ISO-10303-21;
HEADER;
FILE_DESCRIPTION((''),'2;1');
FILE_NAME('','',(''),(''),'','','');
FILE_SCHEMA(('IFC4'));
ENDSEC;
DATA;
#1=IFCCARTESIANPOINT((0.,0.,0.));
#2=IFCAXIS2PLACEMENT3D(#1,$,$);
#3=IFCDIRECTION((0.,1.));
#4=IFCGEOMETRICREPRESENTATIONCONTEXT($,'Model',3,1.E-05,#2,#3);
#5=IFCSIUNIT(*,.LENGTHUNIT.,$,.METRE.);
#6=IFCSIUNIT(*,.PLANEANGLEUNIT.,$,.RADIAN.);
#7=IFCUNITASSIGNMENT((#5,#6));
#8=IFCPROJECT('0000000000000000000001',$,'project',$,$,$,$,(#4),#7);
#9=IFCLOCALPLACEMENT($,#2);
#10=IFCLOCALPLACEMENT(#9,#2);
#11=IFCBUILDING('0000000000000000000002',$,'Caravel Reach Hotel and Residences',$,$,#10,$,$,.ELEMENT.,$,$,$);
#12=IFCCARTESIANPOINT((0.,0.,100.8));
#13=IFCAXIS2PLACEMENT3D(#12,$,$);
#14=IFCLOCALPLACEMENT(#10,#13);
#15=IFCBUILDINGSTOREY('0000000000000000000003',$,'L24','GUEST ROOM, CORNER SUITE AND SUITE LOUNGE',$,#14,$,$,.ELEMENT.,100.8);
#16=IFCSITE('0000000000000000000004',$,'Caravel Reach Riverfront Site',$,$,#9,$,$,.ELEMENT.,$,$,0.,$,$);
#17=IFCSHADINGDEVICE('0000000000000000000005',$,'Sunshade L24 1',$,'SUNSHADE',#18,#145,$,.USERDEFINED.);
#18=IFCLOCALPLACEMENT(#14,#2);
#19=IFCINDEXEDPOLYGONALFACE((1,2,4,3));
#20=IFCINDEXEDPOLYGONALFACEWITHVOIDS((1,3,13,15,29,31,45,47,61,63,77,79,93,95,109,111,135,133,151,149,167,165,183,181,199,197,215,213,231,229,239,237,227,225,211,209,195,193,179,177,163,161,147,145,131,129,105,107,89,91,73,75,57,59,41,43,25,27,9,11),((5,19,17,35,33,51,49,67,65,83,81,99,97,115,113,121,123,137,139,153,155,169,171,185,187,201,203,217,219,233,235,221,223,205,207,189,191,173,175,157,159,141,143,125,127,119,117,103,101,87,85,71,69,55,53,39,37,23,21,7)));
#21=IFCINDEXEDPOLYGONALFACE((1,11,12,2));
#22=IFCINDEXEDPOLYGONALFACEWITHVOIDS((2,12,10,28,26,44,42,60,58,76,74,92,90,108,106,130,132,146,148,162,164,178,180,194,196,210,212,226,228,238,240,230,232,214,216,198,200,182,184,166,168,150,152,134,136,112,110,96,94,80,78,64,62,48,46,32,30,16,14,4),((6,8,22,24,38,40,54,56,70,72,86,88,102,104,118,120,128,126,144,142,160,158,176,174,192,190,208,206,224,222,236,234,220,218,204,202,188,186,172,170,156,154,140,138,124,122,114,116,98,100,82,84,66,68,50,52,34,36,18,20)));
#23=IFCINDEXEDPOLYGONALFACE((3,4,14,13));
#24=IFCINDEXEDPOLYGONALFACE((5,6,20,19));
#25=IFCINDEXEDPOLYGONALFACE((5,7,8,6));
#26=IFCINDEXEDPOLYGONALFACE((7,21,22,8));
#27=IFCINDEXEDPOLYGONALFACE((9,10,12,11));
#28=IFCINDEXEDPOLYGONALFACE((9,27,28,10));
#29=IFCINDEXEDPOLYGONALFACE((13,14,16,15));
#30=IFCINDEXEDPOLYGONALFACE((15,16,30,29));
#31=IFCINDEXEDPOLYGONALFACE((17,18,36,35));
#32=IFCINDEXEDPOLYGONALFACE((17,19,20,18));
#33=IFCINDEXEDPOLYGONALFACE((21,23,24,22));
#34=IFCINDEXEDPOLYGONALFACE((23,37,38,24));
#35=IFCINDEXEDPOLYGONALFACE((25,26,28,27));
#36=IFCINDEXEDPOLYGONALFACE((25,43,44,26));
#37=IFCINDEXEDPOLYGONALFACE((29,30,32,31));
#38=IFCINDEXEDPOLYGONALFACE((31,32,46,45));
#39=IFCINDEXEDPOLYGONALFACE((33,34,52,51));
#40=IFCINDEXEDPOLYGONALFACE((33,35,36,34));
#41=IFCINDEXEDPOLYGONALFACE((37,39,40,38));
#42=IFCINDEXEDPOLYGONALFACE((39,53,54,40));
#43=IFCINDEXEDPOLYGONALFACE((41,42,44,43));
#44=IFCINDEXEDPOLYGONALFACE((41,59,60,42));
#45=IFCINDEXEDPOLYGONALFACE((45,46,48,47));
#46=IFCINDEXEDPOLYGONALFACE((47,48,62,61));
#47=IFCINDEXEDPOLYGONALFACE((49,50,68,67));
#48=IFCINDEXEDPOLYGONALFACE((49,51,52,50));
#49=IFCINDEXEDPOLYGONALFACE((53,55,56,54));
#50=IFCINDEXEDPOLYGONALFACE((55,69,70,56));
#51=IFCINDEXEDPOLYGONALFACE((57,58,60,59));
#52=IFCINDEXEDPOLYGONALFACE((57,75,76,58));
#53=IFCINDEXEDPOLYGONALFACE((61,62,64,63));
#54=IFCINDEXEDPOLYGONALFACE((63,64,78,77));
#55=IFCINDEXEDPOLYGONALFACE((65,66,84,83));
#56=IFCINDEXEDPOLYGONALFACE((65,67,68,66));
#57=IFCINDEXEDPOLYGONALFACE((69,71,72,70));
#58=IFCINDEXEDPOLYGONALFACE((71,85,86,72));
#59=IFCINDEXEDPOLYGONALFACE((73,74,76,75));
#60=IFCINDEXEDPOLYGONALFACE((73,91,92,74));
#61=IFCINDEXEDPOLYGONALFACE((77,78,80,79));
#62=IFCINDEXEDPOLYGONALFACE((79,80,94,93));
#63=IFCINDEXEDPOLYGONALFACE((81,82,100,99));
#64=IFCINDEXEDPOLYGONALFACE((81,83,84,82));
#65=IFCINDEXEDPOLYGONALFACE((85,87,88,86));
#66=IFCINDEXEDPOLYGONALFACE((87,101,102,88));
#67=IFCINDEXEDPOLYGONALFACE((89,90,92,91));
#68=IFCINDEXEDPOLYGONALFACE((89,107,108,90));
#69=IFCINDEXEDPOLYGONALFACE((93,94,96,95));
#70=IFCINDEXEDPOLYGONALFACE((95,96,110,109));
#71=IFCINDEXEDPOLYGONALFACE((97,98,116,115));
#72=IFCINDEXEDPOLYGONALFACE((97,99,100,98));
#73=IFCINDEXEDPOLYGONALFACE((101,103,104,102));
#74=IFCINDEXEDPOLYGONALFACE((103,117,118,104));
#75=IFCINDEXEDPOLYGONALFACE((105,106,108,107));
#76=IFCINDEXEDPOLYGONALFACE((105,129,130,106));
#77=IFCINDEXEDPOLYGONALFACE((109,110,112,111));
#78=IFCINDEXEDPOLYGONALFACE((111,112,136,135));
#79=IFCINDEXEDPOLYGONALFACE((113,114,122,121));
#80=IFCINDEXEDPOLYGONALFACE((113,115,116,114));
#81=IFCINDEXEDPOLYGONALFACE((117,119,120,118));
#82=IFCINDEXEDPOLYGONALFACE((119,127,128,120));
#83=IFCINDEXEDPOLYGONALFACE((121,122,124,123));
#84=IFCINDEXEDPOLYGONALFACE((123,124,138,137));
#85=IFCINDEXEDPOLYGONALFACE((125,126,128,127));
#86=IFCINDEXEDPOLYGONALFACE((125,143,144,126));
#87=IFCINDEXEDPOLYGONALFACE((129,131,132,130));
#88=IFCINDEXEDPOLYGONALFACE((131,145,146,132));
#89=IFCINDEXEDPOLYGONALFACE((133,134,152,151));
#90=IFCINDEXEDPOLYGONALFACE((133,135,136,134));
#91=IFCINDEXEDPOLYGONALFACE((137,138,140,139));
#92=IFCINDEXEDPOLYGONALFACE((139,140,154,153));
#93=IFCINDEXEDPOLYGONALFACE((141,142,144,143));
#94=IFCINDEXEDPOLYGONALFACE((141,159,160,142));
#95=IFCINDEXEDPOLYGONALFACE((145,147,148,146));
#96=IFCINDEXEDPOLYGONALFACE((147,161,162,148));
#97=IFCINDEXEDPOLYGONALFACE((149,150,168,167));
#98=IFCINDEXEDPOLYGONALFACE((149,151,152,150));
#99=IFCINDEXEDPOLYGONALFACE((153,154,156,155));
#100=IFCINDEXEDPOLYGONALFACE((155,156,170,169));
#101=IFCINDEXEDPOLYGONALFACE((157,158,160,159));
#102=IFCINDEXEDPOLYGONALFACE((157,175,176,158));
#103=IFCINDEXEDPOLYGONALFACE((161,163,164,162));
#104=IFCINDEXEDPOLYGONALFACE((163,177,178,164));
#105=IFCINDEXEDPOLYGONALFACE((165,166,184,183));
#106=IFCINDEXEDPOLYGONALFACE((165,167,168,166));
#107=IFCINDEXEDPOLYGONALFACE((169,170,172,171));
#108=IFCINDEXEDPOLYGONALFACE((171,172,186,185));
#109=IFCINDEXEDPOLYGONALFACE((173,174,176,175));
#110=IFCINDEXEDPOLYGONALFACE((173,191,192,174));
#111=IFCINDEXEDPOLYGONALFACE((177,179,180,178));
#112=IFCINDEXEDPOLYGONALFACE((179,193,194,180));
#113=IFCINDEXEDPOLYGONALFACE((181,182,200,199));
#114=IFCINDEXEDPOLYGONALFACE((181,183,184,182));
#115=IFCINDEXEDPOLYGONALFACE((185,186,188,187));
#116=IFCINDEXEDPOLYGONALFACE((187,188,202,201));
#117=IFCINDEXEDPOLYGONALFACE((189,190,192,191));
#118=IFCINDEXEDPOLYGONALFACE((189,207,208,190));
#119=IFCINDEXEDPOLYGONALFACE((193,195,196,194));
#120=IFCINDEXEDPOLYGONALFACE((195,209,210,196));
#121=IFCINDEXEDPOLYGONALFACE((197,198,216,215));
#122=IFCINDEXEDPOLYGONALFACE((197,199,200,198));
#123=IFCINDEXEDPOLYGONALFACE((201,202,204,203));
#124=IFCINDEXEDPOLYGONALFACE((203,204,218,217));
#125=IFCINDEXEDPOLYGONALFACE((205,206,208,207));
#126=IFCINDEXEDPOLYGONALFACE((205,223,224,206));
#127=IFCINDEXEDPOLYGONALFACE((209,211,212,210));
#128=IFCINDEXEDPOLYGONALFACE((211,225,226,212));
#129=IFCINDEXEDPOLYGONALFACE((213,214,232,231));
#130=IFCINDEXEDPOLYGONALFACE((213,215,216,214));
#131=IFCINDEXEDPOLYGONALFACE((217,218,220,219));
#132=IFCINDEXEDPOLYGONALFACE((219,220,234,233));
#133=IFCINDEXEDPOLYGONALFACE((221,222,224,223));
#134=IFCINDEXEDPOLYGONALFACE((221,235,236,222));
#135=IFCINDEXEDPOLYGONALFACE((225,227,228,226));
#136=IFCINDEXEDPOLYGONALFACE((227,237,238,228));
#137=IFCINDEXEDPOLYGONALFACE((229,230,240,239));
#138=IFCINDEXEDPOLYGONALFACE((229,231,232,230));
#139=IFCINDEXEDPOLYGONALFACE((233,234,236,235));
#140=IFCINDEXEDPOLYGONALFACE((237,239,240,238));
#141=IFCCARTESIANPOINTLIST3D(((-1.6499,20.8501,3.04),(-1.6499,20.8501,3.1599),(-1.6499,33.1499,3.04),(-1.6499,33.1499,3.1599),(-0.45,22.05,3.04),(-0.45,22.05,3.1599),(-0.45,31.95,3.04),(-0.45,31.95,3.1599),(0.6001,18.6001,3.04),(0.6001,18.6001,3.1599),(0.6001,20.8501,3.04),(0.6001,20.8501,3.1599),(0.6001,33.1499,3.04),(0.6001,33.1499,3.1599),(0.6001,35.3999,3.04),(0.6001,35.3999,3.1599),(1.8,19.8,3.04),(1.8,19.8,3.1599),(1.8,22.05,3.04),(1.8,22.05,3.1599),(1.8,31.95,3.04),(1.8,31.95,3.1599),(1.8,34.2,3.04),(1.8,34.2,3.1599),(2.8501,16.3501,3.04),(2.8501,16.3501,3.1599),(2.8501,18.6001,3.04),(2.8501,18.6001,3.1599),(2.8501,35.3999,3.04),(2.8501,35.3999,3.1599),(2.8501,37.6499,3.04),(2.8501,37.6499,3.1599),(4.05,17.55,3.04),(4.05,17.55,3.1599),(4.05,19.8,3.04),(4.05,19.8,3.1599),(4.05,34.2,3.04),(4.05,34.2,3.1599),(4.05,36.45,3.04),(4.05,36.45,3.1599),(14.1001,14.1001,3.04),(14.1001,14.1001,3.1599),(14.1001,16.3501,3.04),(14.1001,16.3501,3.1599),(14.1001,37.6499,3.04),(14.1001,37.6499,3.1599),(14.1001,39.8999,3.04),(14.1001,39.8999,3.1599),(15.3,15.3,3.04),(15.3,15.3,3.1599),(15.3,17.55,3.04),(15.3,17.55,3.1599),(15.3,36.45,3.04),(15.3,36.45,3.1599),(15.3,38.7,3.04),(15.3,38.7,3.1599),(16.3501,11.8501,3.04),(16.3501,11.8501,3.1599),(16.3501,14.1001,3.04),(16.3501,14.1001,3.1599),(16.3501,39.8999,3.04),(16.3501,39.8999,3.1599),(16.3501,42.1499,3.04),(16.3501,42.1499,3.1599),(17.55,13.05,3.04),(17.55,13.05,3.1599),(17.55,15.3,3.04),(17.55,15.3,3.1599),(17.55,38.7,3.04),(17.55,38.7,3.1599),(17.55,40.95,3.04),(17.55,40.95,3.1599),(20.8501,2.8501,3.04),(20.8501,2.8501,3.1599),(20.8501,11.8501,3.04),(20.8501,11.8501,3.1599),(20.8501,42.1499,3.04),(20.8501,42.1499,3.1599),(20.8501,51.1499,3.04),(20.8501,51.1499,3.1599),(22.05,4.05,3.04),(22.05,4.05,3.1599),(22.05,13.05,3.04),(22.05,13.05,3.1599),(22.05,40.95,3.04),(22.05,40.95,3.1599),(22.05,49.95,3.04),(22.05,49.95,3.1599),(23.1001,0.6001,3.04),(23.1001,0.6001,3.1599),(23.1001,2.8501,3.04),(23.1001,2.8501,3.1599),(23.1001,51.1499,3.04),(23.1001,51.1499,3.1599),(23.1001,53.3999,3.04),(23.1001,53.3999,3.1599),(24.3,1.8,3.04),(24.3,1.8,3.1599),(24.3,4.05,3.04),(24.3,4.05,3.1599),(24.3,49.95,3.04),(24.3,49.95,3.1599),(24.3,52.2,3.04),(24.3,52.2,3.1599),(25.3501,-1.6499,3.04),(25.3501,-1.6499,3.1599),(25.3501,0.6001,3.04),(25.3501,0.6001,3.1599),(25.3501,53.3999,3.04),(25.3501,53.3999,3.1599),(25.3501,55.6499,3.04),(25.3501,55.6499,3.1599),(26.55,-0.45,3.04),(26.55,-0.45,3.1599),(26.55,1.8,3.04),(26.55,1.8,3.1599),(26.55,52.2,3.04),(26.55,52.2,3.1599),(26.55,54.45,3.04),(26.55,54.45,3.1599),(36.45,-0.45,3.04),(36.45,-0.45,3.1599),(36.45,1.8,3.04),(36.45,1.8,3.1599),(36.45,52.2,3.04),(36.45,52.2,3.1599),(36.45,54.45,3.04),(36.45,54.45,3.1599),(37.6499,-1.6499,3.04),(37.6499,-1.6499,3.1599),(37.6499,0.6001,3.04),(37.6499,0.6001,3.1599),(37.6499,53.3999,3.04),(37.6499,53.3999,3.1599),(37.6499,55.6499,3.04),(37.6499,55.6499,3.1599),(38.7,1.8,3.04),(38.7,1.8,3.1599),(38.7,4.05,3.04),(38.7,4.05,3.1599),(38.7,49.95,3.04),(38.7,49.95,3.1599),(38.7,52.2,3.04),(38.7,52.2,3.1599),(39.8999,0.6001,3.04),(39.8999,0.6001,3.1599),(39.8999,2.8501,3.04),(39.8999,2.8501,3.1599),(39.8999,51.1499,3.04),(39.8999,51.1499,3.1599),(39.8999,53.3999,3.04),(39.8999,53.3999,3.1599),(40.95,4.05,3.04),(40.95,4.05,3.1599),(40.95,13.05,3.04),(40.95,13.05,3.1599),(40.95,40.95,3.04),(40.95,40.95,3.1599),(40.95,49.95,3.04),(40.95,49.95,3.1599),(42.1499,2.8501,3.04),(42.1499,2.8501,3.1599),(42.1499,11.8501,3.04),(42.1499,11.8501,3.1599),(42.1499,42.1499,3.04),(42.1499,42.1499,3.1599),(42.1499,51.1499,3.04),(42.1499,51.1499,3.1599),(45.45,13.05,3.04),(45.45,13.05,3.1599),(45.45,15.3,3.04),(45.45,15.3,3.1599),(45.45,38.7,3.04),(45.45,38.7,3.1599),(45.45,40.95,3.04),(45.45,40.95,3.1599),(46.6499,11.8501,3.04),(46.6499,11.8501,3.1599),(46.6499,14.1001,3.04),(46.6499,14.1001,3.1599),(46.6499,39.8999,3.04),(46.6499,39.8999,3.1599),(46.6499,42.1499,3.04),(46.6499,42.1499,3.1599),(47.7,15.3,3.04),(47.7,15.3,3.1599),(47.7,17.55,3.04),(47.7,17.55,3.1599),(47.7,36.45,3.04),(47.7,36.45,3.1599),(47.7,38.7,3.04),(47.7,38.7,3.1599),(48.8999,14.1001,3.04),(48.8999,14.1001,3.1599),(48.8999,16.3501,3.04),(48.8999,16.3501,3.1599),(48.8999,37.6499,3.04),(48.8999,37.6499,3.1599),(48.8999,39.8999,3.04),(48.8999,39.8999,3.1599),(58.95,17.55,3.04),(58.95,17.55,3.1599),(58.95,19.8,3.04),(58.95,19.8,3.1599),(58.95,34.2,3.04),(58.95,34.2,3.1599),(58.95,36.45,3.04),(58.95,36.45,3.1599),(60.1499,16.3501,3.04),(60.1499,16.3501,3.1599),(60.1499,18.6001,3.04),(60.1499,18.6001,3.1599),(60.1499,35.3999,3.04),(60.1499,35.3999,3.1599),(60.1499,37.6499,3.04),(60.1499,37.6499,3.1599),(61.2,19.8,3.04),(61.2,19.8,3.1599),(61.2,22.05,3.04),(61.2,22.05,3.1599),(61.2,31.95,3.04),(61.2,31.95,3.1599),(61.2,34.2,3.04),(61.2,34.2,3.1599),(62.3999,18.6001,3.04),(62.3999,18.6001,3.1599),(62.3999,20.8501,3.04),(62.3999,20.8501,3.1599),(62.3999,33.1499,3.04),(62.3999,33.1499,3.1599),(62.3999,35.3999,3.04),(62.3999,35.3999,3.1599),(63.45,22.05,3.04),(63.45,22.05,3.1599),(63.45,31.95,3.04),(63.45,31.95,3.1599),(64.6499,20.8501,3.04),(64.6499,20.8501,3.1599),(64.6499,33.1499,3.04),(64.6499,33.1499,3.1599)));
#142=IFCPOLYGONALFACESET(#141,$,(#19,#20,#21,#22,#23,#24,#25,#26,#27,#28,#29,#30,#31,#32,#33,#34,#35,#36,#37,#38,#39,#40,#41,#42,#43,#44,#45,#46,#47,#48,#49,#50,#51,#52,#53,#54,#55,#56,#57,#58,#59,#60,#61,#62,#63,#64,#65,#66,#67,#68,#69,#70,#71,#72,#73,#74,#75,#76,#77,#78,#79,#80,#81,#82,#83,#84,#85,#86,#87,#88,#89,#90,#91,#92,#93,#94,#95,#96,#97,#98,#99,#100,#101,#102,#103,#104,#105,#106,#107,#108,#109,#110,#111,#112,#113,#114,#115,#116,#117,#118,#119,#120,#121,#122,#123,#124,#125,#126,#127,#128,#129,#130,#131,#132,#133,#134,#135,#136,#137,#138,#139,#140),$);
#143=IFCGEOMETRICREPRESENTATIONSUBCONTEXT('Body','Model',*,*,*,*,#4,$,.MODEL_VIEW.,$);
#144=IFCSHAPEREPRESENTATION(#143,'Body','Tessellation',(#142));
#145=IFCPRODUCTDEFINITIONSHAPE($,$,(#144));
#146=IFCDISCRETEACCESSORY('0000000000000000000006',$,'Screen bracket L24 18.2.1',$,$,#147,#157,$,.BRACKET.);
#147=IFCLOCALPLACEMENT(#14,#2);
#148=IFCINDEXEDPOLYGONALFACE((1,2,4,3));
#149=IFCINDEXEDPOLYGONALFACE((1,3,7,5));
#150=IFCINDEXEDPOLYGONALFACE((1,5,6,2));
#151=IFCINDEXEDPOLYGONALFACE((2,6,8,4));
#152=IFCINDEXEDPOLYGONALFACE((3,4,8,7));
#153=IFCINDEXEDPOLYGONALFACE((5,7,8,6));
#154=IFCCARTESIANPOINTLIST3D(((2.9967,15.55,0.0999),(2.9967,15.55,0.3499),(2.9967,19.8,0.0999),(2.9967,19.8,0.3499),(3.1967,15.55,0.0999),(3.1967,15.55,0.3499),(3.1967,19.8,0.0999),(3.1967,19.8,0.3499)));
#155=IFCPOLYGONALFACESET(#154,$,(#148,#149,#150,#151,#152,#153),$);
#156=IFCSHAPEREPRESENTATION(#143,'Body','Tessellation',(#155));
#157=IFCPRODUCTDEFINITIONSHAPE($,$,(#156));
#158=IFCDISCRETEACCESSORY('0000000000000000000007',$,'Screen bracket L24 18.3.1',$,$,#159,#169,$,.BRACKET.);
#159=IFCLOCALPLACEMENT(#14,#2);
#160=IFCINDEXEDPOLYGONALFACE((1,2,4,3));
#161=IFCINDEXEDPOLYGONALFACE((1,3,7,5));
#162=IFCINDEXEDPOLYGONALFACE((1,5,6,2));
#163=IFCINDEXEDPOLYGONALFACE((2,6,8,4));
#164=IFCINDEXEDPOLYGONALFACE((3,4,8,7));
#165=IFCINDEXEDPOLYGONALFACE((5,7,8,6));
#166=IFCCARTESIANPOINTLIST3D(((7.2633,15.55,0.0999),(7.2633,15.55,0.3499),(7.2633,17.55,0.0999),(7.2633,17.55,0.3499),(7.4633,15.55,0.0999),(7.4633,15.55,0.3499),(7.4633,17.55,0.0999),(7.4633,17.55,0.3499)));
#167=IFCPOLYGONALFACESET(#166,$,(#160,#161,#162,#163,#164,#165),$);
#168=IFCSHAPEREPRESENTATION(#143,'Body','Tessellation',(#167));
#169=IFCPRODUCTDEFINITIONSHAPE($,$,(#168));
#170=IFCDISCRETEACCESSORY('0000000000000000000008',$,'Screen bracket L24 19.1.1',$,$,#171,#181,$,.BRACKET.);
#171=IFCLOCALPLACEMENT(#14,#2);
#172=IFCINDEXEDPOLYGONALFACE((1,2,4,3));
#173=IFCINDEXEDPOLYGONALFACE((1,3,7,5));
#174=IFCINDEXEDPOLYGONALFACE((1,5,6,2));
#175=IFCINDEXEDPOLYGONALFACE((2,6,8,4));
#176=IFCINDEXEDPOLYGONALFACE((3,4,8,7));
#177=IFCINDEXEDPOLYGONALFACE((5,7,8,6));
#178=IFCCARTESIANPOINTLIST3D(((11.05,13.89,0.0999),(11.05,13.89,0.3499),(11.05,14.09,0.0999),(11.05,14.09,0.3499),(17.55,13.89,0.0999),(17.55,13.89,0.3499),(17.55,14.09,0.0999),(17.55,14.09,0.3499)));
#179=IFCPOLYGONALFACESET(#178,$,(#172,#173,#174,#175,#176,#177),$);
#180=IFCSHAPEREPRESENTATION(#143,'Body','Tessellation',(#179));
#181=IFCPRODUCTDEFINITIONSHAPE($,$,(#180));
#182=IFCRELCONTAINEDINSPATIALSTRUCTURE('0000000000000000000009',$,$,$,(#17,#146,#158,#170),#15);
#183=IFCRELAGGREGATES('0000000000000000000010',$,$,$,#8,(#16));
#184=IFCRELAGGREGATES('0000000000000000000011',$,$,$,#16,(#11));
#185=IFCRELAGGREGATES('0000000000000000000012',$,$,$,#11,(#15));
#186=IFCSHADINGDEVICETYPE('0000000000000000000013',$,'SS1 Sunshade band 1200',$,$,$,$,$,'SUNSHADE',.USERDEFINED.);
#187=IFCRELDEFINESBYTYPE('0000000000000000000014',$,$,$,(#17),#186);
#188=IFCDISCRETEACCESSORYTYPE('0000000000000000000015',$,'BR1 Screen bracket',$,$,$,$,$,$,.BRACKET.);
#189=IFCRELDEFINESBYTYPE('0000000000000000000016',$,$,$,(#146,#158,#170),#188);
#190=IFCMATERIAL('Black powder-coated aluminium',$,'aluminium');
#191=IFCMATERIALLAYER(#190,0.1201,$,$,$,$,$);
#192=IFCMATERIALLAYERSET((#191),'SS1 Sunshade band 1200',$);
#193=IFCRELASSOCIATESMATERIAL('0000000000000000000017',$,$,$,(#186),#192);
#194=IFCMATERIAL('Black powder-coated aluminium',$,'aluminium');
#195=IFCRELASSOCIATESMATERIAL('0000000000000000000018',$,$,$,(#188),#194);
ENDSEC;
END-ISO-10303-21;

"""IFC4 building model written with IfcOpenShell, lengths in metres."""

from ifc_helpers import new_model, si_unit, direction, frame, origin, origin_2d, place, context, subcontext, project, spatial, polyline, rectangle, outline, extrude, material, layer, layer_set, type_object, element, save


model = new_model("IFC4")

# Units and contexts
model_context = context("Model", 3, precision=1e-05, world=origin(), true_north=direction((0.0, 1.0)))
body_context = subcontext(model_context, "Body", "Model", "MODEL_VIEW")
ifc_project = project(units=[si_unit("LENGTHUNIT", "METRE"), si_unit("PLANEANGLEUNIT", "RADIAN")], contexts=[model_context])

# Site, building, storey
site_placement = place(None, origin())
site = spatial("IfcSite", under=ifc_project, at=site_placement, Name="Caravel Reach Riverfront Site", CompositionType="ELEMENT", RefElevation=0.0)
building_placement = place(site_placement, origin())
building = spatial("IfcBuilding", under=site, at=building_placement, Name="Caravel Reach Hotel and Residences", CompositionType="ELEMENT")
storey_placement = place(building_placement, frame((0.0, 0.0, 100.8)))
storey = spatial("IfcBuildingStorey", under=building, at=storey_placement, Name="L24", Description="GUEST ROOM, CORNER SUITE AND SUITE LOUNGE", CompositionType="ELEMENT", Elevation=100.8)

# Shading device
ifc_material_1 = material(Name="Black powder-coated aluminium", Category="aluminium")
ifc_layer_1 = layer(ifc_material_1, 0.1201)
ifc_layer_set_1 = layer_set([ifc_layer_1], Name="SS1 Sunshade band 1200")
shading_device_type_1 = type_object("IfcShadingDeviceType", Name="SS1 Sunshade band 1200", ElementType="SUNSHADE", PredefinedType="USERDEFINED", material=ifc_layer_set_1)
shading_device_1_placement = place(storey_placement, frame((0.0, 0.0, 3.04)))
element("IfcShadingDevice", 1, at=shading_device_1_placement, inside=storey, type_object=shading_device_type_1, Name="Sunshade L24 1", ObjectType="SUNSHADE", PredefinedType="USERDEFINED", context=body_context, shape_type="SweptSolid", body=[
    extrude(outline(polyline([(20.8501, 11.8501), (20.8501, 2.8501), (23.1001, 2.8501), (23.1001, 0.6001), (25.3501, 0.6001), (25.3501, -1.6499), (37.6499, -1.6499), (37.6499, 0.6001), (39.8999, 0.6001), (39.8999, 2.8501), (42.1499, 2.8501), (42.1499, 11.8501), (46.6499, 11.8501), (46.6499, 14.1001), (48.8999, 14.1001), (48.8999, 16.3501), (60.1499, 16.3501), (60.1499, 18.6001), (62.3999, 18.6001), (62.3999, 20.8501), (64.6499, 20.8501), (64.6499, 33.1499), (62.3999, 33.1499), (62.3999, 35.3999), (60.1499, 35.3999), (60.1499, 37.6499), (48.8999, 37.6499), (48.8999, 39.8999), (46.6499, 39.8999), (46.6499, 42.1499), (42.1499, 42.1499), (42.1499, 51.1499), (39.8999, 51.1499), (39.8999, 53.3999), (37.6499, 53.3999), (37.6499, 55.6499), (25.3501, 55.6499), (25.3501, 53.3999), (23.1001, 53.3999), (23.1001, 51.1499), (20.8501, 51.1499), (20.8501, 42.1499), (16.3501, 42.1499), (16.3501, 39.8999), (14.1001, 39.8999), (14.1001, 37.6499), (2.8501, 37.6499), (2.8501, 35.3999), (0.6001, 35.3999), (0.6001, 33.1499), (-1.6499, 33.1499), (-1.6499, 20.8501), (0.6001, 20.8501), (0.6001, 18.6001), (2.8501, 18.6001), (2.8501, 16.3501), (14.1001, 16.3501), (14.1001, 14.1001), (16.3501, 14.1001), (16.3501, 11.8501), (20.8501, 11.8501)]), holes=[polyline([(24.3, 4.05), (22.05, 4.05), (22.05, 13.05), (17.55, 13.05), (17.55, 15.3), (15.3, 15.3), (15.3, 17.55), (4.05, 17.55), (4.05, 19.8), (1.8, 19.8), (1.8, 22.05), (-0.45, 22.05), (-0.45, 31.95), (1.8, 31.95), (1.8, 34.2), (4.05, 34.2), (4.05, 36.45), (15.3, 36.45), (15.3, 38.7), (17.55, 38.7), (17.55, 40.95), (22.05, 40.95), (22.05, 49.95), (24.3, 49.95), (24.3, 52.2), (26.55, 52.2), (26.55, 54.45), (36.45, 54.45), (36.45, 52.2), (38.7, 52.2), (38.7, 49.95), (40.95, 49.95), (40.95, 40.95), (45.45, 40.95), (45.45, 38.7), (47.7, 38.7), (47.7, 36.45), (58.95, 36.45), (58.95, 34.2), (61.2, 34.2), (61.2, 31.95), (63.45, 31.95), (63.45, 22.05), (61.2, 22.05), (61.2, 19.8), (58.95, 19.8), (58.95, 17.55), (47.7, 17.55), (47.7, 15.3), (45.45, 15.3), (45.45, 13.05), (40.95, 13.05), (40.95, 4.05), (38.7, 4.05), (38.7, 1.8), (36.45, 1.8), (36.45, -0.45), (26.55, -0.45), (26.55, 1.8), (24.3, 1.8), (24.3, 4.05)])]), origin(), (0.0, 0.0, 1.0), 0.1199),
])

# Discrete accessories
ifc_material_2 = material(Name="Black powder-coated aluminium", Category="aluminium")
discrete_accessory_type = type_object("IfcDiscreteAccessoryType", Name="BR1 Screen bracket", PredefinedType="BRACKET", material=ifc_material_2)
discrete_accessory_1_placement = place(storey_placement, frame((3.0967, 17.675, 0.0999), z_axis=(0.0, 0.0, 1.0), x_axis=(0.0, -1.0, 0.0)))
element("IfcDiscreteAccessory", 2, at=discrete_accessory_1_placement, inside=storey, type_object=discrete_accessory_type, Name="Screen bracket L24 18.2.1", PredefinedType="BRACKET", context=body_context, shape_type="SweptSolid", body=[
    extrude(rectangle(XDim=4.25, YDim=0.2, at=origin_2d()), origin(), (0.0, 0.0, 1.0), 0.25),
])
discrete_accessory_2_placement = place(storey_placement, frame((7.3633, 16.55, 0.0999), z_axis=(0.0, 0.0, 1.0), x_axis=(0.0, -1.0, 0.0)))
element("IfcDiscreteAccessory", 3, at=discrete_accessory_2_placement, inside=storey, type_object=discrete_accessory_type, Name="Screen bracket L24 18.3.1", PredefinedType="BRACKET", context=body_context, shape_type="SweptSolid", body=[
    extrude(rectangle(XDim=2.0, YDim=0.2, at=origin_2d()), origin(), (0.0, 0.0, 1.0), 0.25),
])
for number, where, z_axis, x_axis, name in (
    (4, (14.3, 13.99, 0.0999), (0.0, 0.0, 1.0), (-1.0, 0.0, 0.0), "Screen bracket L24 19.1.1"),
):
    element("IfcDiscreteAccessory", number, at=place(storey_placement, frame(where, z_axis=z_axis, x_axis=x_axis)), inside=storey, type_object=discrete_accessory_type, Name=name, PredefinedType="BRACKET", context=body_context, shape_type="SweptSolid", body=[
        extrude(rectangle(XDim=6.5, YDim=0.2, at=origin_2d()), origin(), (0.0, 0.0, 1.0), 0.25),
    ])

save(model, "model.ifc")
